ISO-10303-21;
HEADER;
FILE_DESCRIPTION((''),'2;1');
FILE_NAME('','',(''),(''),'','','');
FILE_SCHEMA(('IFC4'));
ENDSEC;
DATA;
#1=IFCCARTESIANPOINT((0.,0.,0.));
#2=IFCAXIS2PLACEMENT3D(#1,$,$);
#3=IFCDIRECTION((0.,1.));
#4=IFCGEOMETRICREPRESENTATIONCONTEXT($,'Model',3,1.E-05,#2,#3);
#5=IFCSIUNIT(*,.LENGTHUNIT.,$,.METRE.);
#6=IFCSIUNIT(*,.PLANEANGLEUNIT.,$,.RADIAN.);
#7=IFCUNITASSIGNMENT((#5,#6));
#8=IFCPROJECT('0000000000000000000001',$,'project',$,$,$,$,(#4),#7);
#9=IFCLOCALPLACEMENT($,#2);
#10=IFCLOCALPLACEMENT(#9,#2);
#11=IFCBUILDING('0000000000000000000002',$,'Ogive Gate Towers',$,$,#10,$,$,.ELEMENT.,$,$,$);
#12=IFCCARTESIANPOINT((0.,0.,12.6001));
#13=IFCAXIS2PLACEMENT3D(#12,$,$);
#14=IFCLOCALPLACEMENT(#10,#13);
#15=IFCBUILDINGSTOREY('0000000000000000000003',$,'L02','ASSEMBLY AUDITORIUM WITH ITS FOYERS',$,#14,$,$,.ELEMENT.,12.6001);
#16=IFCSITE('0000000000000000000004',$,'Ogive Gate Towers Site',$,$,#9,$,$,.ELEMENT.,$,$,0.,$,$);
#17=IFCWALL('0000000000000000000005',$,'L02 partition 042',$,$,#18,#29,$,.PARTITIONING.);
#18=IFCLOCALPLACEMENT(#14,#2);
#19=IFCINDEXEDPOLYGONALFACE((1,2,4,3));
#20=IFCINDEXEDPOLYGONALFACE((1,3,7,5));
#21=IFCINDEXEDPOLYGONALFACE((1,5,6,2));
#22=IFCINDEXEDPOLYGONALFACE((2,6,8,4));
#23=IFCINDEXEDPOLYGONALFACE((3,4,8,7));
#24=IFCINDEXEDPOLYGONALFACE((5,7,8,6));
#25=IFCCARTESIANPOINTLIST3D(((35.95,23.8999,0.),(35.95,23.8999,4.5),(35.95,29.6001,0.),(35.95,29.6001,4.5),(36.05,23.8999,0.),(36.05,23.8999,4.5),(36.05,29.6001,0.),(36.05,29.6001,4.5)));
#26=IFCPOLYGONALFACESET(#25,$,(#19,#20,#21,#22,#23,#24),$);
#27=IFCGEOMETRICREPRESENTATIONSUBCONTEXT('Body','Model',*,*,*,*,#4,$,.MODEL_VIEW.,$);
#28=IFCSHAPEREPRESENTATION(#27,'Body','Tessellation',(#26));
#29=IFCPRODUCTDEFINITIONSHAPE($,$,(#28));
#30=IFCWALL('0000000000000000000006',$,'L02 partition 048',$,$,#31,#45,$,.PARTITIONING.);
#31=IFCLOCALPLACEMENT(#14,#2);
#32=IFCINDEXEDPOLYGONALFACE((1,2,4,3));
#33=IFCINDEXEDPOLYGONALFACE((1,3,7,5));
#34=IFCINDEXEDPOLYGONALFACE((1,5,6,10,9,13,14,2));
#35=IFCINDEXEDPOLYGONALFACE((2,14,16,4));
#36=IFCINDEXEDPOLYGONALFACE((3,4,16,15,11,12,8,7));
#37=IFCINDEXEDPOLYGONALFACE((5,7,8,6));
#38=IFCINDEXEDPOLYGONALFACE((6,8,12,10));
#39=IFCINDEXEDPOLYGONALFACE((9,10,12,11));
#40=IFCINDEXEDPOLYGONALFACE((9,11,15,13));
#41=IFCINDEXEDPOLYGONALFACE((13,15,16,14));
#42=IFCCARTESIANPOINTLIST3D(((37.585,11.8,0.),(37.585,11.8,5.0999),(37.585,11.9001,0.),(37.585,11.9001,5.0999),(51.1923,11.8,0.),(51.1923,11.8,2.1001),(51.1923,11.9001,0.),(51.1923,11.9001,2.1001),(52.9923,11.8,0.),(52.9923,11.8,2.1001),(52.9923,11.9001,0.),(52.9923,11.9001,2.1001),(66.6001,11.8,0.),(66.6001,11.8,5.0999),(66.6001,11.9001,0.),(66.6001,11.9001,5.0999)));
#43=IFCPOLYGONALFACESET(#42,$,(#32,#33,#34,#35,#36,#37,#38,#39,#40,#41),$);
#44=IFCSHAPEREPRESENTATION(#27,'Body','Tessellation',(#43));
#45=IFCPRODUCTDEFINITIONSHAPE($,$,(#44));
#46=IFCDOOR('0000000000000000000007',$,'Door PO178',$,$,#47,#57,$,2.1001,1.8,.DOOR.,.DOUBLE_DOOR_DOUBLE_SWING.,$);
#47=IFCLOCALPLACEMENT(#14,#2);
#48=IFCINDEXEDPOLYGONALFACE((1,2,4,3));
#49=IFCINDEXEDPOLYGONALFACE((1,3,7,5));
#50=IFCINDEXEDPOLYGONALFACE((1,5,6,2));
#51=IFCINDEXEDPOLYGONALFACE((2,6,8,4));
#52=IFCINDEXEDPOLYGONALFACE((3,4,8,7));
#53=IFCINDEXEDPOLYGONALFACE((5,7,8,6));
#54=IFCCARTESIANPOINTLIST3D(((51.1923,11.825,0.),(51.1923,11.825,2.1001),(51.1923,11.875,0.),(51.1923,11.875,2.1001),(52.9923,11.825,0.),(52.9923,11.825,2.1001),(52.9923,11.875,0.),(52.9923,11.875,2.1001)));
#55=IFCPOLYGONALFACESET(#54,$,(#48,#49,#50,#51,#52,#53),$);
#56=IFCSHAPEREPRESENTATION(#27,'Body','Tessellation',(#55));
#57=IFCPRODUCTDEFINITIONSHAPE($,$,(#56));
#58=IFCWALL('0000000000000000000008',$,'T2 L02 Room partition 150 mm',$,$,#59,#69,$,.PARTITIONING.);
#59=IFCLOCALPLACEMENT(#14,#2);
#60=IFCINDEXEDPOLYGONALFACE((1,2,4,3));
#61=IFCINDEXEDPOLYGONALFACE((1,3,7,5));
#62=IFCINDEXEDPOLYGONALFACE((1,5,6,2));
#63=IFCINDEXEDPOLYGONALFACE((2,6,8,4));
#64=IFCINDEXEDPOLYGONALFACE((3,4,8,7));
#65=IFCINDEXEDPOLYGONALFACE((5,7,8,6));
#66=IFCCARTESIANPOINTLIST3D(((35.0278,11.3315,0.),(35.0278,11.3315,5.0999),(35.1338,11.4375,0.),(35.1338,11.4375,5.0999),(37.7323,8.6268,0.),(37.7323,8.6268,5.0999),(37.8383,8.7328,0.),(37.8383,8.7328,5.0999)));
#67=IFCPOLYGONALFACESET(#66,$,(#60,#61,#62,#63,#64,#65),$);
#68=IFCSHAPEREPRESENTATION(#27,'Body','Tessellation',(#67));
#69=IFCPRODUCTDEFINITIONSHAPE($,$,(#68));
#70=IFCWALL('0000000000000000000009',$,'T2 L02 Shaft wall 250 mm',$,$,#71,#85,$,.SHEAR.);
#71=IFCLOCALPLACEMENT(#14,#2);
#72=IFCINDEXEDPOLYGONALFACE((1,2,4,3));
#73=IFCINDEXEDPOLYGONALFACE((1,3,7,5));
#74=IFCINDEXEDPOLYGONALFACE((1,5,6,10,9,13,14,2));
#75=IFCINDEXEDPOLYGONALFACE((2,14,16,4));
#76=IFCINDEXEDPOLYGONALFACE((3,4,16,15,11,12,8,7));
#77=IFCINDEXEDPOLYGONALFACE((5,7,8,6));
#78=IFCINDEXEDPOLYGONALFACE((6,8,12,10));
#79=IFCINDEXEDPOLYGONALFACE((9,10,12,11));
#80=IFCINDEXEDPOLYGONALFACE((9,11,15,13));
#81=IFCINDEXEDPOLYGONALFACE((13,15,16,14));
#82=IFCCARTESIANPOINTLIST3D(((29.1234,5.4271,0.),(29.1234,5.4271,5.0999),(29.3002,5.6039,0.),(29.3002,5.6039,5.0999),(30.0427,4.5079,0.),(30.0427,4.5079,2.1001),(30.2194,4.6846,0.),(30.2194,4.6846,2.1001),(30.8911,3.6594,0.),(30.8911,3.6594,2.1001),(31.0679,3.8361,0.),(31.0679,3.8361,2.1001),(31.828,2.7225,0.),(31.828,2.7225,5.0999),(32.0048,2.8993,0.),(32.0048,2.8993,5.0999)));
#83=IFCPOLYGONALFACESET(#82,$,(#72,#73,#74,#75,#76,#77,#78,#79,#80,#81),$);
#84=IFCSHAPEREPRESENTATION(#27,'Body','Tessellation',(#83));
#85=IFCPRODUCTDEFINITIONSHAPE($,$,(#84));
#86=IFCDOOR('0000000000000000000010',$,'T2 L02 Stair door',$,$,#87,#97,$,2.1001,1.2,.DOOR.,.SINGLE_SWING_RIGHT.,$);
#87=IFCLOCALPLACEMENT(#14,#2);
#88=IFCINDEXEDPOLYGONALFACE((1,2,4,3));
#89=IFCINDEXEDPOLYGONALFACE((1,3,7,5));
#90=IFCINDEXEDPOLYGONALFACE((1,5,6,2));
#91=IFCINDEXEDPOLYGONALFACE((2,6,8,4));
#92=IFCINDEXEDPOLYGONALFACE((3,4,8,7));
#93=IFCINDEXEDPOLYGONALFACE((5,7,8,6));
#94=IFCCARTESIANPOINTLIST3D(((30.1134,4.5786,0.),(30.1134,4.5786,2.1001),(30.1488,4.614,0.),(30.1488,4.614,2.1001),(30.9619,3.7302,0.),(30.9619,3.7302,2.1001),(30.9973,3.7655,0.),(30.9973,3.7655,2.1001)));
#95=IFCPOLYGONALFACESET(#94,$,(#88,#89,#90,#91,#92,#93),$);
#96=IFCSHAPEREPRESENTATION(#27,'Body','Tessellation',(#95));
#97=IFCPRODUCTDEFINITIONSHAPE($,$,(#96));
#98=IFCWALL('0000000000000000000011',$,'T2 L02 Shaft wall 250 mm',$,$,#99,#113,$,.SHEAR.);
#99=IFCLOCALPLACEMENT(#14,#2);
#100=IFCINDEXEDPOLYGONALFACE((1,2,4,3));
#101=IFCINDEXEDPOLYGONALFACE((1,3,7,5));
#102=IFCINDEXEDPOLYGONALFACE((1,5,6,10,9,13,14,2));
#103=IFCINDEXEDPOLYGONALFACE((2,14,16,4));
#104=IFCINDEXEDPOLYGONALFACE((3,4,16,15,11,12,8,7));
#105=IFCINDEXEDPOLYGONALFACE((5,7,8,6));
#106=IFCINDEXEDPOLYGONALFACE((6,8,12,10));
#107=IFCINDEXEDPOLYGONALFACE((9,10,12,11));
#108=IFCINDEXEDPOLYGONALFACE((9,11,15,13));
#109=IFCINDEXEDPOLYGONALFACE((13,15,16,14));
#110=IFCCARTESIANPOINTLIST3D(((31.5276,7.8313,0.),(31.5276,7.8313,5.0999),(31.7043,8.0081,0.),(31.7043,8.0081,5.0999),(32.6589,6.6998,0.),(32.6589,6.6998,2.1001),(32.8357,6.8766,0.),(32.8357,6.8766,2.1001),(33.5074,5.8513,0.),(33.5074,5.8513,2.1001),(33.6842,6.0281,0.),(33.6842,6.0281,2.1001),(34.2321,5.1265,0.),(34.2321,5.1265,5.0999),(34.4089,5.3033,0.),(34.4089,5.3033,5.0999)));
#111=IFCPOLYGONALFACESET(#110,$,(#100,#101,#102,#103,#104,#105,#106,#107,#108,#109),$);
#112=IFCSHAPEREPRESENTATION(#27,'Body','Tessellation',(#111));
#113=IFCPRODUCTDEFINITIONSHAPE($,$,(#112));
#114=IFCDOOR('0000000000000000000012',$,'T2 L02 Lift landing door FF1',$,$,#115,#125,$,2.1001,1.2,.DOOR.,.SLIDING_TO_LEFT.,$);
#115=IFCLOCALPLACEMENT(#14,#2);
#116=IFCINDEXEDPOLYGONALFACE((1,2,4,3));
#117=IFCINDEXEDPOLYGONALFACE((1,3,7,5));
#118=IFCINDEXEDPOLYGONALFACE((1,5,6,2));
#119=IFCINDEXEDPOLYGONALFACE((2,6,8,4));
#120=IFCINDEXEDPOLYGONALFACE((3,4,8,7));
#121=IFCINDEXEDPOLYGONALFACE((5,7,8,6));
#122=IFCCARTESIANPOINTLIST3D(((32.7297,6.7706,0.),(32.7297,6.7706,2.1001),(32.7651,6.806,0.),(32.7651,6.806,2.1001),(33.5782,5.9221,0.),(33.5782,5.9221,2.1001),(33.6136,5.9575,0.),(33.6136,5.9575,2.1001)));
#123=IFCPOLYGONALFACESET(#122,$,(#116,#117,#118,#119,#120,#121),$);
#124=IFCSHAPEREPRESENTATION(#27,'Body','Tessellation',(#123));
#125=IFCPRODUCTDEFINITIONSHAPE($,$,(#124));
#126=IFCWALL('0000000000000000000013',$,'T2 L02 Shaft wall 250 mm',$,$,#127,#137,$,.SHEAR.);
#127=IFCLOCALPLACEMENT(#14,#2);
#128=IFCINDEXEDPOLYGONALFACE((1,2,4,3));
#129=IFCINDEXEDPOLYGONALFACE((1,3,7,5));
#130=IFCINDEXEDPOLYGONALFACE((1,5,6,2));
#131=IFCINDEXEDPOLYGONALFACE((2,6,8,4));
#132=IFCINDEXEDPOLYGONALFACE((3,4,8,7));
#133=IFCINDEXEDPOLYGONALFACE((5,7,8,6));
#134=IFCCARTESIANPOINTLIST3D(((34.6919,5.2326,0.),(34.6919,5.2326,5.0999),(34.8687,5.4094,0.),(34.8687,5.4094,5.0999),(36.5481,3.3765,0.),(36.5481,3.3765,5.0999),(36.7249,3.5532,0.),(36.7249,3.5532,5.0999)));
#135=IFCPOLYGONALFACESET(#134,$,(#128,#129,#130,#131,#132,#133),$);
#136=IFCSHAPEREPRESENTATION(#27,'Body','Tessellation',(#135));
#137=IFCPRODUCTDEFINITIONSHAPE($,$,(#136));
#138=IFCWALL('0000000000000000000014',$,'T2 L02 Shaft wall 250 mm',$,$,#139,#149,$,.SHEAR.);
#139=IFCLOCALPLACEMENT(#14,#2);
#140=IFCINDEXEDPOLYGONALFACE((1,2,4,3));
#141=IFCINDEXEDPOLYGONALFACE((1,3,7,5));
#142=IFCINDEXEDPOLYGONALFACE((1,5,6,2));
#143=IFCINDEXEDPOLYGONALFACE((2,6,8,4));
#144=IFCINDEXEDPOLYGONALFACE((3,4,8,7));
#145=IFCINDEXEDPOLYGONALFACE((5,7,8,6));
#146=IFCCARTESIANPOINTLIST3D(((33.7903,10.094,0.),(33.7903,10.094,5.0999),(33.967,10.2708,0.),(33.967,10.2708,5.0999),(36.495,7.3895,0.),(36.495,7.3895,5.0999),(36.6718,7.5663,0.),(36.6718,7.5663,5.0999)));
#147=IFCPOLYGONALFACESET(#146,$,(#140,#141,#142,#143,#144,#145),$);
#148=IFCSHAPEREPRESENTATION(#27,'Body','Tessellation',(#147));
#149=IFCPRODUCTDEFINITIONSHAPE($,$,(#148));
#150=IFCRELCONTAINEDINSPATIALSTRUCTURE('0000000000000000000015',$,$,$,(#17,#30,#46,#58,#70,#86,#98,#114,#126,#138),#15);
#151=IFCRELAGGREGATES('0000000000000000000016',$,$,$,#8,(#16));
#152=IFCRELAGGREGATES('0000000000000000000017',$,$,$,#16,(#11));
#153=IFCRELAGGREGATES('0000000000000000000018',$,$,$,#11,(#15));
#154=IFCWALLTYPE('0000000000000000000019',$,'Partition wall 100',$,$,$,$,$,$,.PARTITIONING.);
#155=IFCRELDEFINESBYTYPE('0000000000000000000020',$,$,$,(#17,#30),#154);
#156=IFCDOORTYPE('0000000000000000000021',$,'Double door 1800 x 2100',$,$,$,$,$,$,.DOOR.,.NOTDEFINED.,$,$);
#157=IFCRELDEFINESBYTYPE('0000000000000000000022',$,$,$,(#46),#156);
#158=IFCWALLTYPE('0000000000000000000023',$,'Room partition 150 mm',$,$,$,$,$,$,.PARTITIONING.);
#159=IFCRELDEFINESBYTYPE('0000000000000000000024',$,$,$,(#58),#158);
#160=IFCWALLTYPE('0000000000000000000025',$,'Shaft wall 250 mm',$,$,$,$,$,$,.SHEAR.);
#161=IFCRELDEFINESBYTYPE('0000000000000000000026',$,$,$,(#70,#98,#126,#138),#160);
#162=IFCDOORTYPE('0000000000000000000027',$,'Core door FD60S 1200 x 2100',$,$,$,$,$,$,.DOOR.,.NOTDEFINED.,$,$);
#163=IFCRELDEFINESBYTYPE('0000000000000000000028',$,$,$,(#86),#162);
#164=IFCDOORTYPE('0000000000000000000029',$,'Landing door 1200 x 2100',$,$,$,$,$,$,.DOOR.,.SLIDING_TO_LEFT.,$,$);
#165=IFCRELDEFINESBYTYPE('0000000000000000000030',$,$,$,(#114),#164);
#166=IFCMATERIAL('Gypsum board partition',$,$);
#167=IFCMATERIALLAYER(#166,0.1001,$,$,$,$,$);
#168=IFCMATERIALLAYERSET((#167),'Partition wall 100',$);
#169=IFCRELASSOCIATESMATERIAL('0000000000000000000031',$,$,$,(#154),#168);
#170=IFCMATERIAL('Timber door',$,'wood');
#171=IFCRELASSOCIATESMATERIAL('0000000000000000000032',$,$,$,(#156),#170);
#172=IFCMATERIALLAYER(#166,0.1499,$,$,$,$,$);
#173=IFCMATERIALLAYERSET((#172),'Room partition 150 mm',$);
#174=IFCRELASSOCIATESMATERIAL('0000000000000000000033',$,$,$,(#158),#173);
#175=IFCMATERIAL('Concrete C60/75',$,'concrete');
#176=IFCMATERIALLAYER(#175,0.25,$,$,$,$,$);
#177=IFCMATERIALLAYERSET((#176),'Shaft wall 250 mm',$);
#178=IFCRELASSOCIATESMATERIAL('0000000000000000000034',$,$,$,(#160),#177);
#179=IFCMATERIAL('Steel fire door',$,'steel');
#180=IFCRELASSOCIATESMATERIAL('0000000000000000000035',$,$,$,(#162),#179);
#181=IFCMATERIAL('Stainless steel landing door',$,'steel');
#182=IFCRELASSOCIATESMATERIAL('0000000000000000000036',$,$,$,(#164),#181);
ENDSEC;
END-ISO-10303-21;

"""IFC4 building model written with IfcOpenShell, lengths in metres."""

from ifc_helpers import new_model, si_unit, direction, frame, frame_2d, origin, place, context, subcontext, project, spatial, rectangle, extrude, material, layer, layer_set, type_object, element, fill, save


model = new_model("IFC4")

# Units and contexts
model_context = context("Model", 3, precision=1e-05, world=origin(), true_north=direction((0.0, 1.0)))
body_context = subcontext(model_context, "Body", "Model", "MODEL_VIEW")
ifc_project = project(units=[si_unit("LENGTHUNIT", "METRE"), si_unit("PLANEANGLEUNIT", "RADIAN")], contexts=[model_context])

# Site, building, storey
site_placement = place(None, origin())
site = spatial("IfcSite", under=ifc_project, at=site_placement, Name="Ogive Gate Towers Site", CompositionType="ELEMENT", RefElevation=0.0)
building_placement = place(site_placement, origin())
building = spatial("IfcBuilding", under=site, at=building_placement, Name="Ogive Gate Towers", CompositionType="ELEMENT")
storey_placement = place(building_placement, frame((0.0, 0.0, 12.6001)))
storey = spatial("IfcBuildingStorey", under=building, at=storey_placement, Name="L02", Description="ASSEMBLY AUDITORIUM WITH ITS FOYERS", CompositionType="ELEMENT", Elevation=12.6001)

# Shared definitions
ifc_material_1 = material(Name="Gypsum board partition")
ifc_layer_1 = layer(ifc_material_1, 0.1001)
ifc_layer_set_1 = layer_set([ifc_layer_1], Name="Partition wall 100")
wall_type_1 = type_object("IfcWallType", Name="Partition wall 100", PredefinedType="PARTITIONING", material=ifc_layer_set_1)
ifc_material_2 = material(Name="Timber door", Category="wood")

# Wall
wall_1_placement = place(storey_placement, frame((36.0, 23.8999, 0.0), z_axis=(0.0, 0.0, 1.0), x_axis=(0.0, 1.0, 0.0)))
element("IfcWall", 1, at=wall_1_placement, inside=storey, type_object=wall_type_1, Name="L02 partition 042", PredefinedType="PARTITIONING", context=body_context, shape_type="SweptSolid", body=[
    extrude(rectangle(XDim=5.7002, YDim=0.1001, at=frame_2d((2.8501, 0.0))), origin(), (0.0, 0.0, 1.0), 4.5),
])

# Wall, opening, door
wall_2_placement = place(storey_placement, frame((37.585, 11.8501, 0.0), z_axis=(0.0, 0.0, 1.0), x_axis=(1.0, 0.0, 0.0)))
wall_2 = element("IfcWall", 2, at=wall_2_placement, inside=storey, type_object=wall_type_1, Name="L02 partition 048", PredefinedType="PARTITIONING", context=body_context, shape_type="SweptSolid", body=[
    extrude(rectangle(XDim=29.0151, YDim=0.1001, at=frame_2d((14.5076, 0.0))), origin(), (0.0, 0.0, 1.0), 5.0999),
])
opening_1_placement = place(wall_2_placement, frame((13.6074, 0.0, 0.0)))
opening_1 = element("IfcOpeningElement", 3, at=opening_1_placement, cuts=wall_2, PredefinedType="OPENING", context=body_context, shape_type="SweptSolid", body=[
    extrude(rectangle(XDim=1.8, YDim=2.1001, at=frame_2d((0.8999, 1.05))), frame((0.0, 0.0601, 0.0), z_axis=(0.0, -1.0, 0.0), x_axis=(1.0, 0.0, 0.0)), (0.0, 0.0, 1.0), 0.1201),
])
door_type_1 = type_object("IfcDoorType", Name="Double door 1800 x 2100", OperationType="NOTDEFINED", PredefinedType="DOOR", material=ifc_material_2)
door_1_placement = place(opening_1_placement, origin())
door_1 = element("IfcDoor", 4, at=door_1_placement, inside=storey, type_object=door_type_1, Name="Door PO178", OperationType="DOUBLE_DOOR_DOUBLE_SWING", OverallHeight=2.1001, OverallWidth=1.8, PredefinedType="DOOR", context=body_context, shape_type="SweptSolid", body=[
    extrude(rectangle(XDim=1.8, YDim=2.1001, at=frame_2d((0.8999, 1.05))), frame((0.0, 0.0249, 0.0), z_axis=(0.0, -1.0, 0.0), x_axis=(1.0, 0.0, 0.0)), (0.0, 0.0, 1.0), 0.05),
])
fill(opening_1, door_1)

# Wall
ifc_layer_2 = layer(ifc_material_1, 0.1499)
ifc_layer_set_2 = layer_set([ifc_layer_2], Name="Room partition 150 mm")
wall_type_2 = type_object("IfcWallType", Name="Room partition 150 mm", PredefinedType="PARTITIONING", material=ifc_layer_set_2)
wall_3_placement = place(storey_placement, frame((37.7854, 8.6797, 0.0), z_axis=(0.0, 0.0, 1.0), x_axis=(-0.707075, 0.707139, 0.0)))
element("IfcWall", 5, at=wall_3_placement, inside=storey, type_object=wall_type_2, Name="T2 L02 Room partition 150 mm", PredefinedType="PARTITIONING", context=body_context, shape_type="SweptSolid", body=[
    extrude(rectangle(XDim=3.825, YDim=0.1499, at=frame_2d((1.9126, 0.0))), origin(), (0.0, 0.0, 1.0), 5.0999),
])

# Walls, openings, doors
ifc_material_3 = material(Name="Concrete C60/75", Category="concrete")
ifc_layer_3 = layer(ifc_material_3, 0.25)
ifc_layer_set_3 = layer_set([ifc_layer_3], Name="Shaft wall 250 mm")
wall_type_3 = type_object("IfcWallType", Name="Shaft wall 250 mm", PredefinedType="SHEAR", material=ifc_layer_set_3)
wall_4_placement = place(storey_placement, frame((31.9165, 2.8108, 0.0), z_axis=(0.0, 0.0, 1.0), x_axis=(-0.707107, 0.707107, 0.0)))
wall_4 = element("IfcWall", 6, at=wall_4_placement, inside=storey, type_object=wall_type_3, Name="T2 L02 Shaft wall 250 mm", PredefinedType="SHEAR", context=body_context, shape_type="SweptSolid", body=[
    extrude(rectangle(XDim=3.825, YDim=0.25, at=frame_2d((1.9126, 0.0))), origin(), (0.0, 0.0, 1.0), 5.0999),
])
opening_2_placement = place(wall_4_placement, frame((1.325, 0.0, 0.0)))
opening_2 = element("IfcOpeningElement", 7, at=opening_2_placement, cuts=wall_4, PredefinedType="OPENING", context=body_context, shape_type="SweptSolid", body=[
    extrude(rectangle(XDim=1.2, YDim=2.1001, at=frame_2d((0.6001, 1.05))), frame((0.0, 0.135, 0.0), z_axis=(0.0, -1.0, 0.0), x_axis=(1.0, 0.0, 0.0)), (0.0, 0.0, 1.0), 0.27),
])
ifc_material_4 = material(Name="Steel fire door", Category="steel")
door_type_2 = type_object("IfcDoorType", Name="Core door FD60S 1200 x 2100", OperationType="NOTDEFINED", PredefinedType="DOOR", material=ifc_material_4)
door_2_placement = place(opening_2_placement, origin())
door_2 = element("IfcDoor", 8, at=door_2_placement, inside=storey, type_object=door_type_2, Name="T2 L02 Stair door", OperationType="SINGLE_SWING_RIGHT", OverallHeight=2.1001, OverallWidth=1.2, PredefinedType="DOOR", context=body_context, shape_type="SweptSolid", body=[
    extrude(rectangle(XDim=1.2, YDim=2.1001, at=frame_2d((0.6001, 1.05))), frame((0.0, 0.0249, 0.0), z_axis=(0.0, -1.0, 0.0), x_axis=(1.0, 0.0, 0.0)), (0.0, 0.0, 1.0), 0.05),
])
fill(opening_2, door_2)
wall_5_placement = place(storey_placement, frame((34.3206, 5.2148, 0.0), z_axis=(0.0, 0.0, 1.0), x_axis=(-0.707075, 0.707139, 0.0)))
wall_5 = element("IfcWall", 9, at=wall_5_placement, inside=storey, type_object=wall_type_3, Name="T2 L02 Shaft wall 250 mm", PredefinedType="SHEAR", context=body_context, shape_type="SweptSolid", body=[
    extrude(rectangle(XDim=3.825, YDim=0.25, at=frame_2d((1.9126, 0.0))), origin(), (0.0, 0.0, 1.0), 5.0999),
])
opening_3_placement = place(wall_5_placement, frame((1.0249, 0.0, 0.0)))
opening_3 = element("IfcOpeningElement", 10, at=opening_3_placement, cuts=wall_5, PredefinedType="OPENING", context=body_context, shape_type="SweptSolid", body=[
    extrude(rectangle(XDim=1.2, YDim=2.1001, at=frame_2d((0.6001, 1.05))), frame((0.0, 0.135, 0.0), z_axis=(0.0, -1.0, 0.0), x_axis=(1.0, 0.0, 0.0)), (0.0, 0.0, 1.0), 0.27),
])
ifc_material_5 = material(Name="Stainless steel landing door", Category="steel")
door_type_3 = type_object("IfcDoorType", Name="Landing door 1200 x 2100", OperationType="SLIDING_TO_LEFT", PredefinedType="DOOR", material=ifc_material_5)
door_3_placement = place(opening_3_placement, origin())
door_3 = element("IfcDoor", 11, at=door_3_placement, inside=storey, type_object=door_type_3, Name="T2 L02 Lift landing door FF1", OperationType="SLIDING_TO_LEFT", OverallHeight=2.1001, OverallWidth=1.2, PredefinedType="DOOR", context=body_context, shape_type="SweptSolid", body=[
    extrude(rectangle(XDim=1.2, YDim=2.1001, at=frame_2d((0.6001, 1.05))), frame((0.0, 0.0249, 0.0), z_axis=(0.0, -1.0, 0.0), x_axis=(1.0, 0.0, 0.0)), (0.0, 0.0, 1.0), 0.05),
])
fill(opening_3, door_3)

# Walls
wall_6_placement = place(storey_placement, frame((36.6365, 3.4648, 0.0), z_axis=(0.0, 0.0, 1.0), x_axis=(-0.707107, 0.707107, 0.0)))
element("IfcWall", 12, at=wall_6_placement, inside=storey, type_object=wall_type_3, Name="T2 L02 Shaft wall 250 mm", PredefinedType="SHEAR", context=body_context, shape_type="SweptSolid", body=[
    extrude(rectangle(XDim=2.625, YDim=0.25, at=frame_2d((1.3125, 0.0))), origin(), (0.0, 0.0, 1.0), 5.0999),
])
wall_7_placement = place(storey_placement, frame((36.5835, 7.4778, 0.0), z_axis=(0.0, 0.0, 1.0), x_axis=(-0.707139, 0.707075, 0.0)))
element("IfcWall", 13, at=wall_7_placement, inside=storey, type_object=wall_type_3, Name="T2 L02 Shaft wall 250 mm", PredefinedType="SHEAR", context=body_context, shape_type="SweptSolid", body=[
    extrude(rectangle(XDim=3.825, YDim=0.25, at=frame_2d((1.9126, 0.0))), origin(), (0.0, 0.0, 1.0), 5.0999),
])

save(model, "model.ifc")
